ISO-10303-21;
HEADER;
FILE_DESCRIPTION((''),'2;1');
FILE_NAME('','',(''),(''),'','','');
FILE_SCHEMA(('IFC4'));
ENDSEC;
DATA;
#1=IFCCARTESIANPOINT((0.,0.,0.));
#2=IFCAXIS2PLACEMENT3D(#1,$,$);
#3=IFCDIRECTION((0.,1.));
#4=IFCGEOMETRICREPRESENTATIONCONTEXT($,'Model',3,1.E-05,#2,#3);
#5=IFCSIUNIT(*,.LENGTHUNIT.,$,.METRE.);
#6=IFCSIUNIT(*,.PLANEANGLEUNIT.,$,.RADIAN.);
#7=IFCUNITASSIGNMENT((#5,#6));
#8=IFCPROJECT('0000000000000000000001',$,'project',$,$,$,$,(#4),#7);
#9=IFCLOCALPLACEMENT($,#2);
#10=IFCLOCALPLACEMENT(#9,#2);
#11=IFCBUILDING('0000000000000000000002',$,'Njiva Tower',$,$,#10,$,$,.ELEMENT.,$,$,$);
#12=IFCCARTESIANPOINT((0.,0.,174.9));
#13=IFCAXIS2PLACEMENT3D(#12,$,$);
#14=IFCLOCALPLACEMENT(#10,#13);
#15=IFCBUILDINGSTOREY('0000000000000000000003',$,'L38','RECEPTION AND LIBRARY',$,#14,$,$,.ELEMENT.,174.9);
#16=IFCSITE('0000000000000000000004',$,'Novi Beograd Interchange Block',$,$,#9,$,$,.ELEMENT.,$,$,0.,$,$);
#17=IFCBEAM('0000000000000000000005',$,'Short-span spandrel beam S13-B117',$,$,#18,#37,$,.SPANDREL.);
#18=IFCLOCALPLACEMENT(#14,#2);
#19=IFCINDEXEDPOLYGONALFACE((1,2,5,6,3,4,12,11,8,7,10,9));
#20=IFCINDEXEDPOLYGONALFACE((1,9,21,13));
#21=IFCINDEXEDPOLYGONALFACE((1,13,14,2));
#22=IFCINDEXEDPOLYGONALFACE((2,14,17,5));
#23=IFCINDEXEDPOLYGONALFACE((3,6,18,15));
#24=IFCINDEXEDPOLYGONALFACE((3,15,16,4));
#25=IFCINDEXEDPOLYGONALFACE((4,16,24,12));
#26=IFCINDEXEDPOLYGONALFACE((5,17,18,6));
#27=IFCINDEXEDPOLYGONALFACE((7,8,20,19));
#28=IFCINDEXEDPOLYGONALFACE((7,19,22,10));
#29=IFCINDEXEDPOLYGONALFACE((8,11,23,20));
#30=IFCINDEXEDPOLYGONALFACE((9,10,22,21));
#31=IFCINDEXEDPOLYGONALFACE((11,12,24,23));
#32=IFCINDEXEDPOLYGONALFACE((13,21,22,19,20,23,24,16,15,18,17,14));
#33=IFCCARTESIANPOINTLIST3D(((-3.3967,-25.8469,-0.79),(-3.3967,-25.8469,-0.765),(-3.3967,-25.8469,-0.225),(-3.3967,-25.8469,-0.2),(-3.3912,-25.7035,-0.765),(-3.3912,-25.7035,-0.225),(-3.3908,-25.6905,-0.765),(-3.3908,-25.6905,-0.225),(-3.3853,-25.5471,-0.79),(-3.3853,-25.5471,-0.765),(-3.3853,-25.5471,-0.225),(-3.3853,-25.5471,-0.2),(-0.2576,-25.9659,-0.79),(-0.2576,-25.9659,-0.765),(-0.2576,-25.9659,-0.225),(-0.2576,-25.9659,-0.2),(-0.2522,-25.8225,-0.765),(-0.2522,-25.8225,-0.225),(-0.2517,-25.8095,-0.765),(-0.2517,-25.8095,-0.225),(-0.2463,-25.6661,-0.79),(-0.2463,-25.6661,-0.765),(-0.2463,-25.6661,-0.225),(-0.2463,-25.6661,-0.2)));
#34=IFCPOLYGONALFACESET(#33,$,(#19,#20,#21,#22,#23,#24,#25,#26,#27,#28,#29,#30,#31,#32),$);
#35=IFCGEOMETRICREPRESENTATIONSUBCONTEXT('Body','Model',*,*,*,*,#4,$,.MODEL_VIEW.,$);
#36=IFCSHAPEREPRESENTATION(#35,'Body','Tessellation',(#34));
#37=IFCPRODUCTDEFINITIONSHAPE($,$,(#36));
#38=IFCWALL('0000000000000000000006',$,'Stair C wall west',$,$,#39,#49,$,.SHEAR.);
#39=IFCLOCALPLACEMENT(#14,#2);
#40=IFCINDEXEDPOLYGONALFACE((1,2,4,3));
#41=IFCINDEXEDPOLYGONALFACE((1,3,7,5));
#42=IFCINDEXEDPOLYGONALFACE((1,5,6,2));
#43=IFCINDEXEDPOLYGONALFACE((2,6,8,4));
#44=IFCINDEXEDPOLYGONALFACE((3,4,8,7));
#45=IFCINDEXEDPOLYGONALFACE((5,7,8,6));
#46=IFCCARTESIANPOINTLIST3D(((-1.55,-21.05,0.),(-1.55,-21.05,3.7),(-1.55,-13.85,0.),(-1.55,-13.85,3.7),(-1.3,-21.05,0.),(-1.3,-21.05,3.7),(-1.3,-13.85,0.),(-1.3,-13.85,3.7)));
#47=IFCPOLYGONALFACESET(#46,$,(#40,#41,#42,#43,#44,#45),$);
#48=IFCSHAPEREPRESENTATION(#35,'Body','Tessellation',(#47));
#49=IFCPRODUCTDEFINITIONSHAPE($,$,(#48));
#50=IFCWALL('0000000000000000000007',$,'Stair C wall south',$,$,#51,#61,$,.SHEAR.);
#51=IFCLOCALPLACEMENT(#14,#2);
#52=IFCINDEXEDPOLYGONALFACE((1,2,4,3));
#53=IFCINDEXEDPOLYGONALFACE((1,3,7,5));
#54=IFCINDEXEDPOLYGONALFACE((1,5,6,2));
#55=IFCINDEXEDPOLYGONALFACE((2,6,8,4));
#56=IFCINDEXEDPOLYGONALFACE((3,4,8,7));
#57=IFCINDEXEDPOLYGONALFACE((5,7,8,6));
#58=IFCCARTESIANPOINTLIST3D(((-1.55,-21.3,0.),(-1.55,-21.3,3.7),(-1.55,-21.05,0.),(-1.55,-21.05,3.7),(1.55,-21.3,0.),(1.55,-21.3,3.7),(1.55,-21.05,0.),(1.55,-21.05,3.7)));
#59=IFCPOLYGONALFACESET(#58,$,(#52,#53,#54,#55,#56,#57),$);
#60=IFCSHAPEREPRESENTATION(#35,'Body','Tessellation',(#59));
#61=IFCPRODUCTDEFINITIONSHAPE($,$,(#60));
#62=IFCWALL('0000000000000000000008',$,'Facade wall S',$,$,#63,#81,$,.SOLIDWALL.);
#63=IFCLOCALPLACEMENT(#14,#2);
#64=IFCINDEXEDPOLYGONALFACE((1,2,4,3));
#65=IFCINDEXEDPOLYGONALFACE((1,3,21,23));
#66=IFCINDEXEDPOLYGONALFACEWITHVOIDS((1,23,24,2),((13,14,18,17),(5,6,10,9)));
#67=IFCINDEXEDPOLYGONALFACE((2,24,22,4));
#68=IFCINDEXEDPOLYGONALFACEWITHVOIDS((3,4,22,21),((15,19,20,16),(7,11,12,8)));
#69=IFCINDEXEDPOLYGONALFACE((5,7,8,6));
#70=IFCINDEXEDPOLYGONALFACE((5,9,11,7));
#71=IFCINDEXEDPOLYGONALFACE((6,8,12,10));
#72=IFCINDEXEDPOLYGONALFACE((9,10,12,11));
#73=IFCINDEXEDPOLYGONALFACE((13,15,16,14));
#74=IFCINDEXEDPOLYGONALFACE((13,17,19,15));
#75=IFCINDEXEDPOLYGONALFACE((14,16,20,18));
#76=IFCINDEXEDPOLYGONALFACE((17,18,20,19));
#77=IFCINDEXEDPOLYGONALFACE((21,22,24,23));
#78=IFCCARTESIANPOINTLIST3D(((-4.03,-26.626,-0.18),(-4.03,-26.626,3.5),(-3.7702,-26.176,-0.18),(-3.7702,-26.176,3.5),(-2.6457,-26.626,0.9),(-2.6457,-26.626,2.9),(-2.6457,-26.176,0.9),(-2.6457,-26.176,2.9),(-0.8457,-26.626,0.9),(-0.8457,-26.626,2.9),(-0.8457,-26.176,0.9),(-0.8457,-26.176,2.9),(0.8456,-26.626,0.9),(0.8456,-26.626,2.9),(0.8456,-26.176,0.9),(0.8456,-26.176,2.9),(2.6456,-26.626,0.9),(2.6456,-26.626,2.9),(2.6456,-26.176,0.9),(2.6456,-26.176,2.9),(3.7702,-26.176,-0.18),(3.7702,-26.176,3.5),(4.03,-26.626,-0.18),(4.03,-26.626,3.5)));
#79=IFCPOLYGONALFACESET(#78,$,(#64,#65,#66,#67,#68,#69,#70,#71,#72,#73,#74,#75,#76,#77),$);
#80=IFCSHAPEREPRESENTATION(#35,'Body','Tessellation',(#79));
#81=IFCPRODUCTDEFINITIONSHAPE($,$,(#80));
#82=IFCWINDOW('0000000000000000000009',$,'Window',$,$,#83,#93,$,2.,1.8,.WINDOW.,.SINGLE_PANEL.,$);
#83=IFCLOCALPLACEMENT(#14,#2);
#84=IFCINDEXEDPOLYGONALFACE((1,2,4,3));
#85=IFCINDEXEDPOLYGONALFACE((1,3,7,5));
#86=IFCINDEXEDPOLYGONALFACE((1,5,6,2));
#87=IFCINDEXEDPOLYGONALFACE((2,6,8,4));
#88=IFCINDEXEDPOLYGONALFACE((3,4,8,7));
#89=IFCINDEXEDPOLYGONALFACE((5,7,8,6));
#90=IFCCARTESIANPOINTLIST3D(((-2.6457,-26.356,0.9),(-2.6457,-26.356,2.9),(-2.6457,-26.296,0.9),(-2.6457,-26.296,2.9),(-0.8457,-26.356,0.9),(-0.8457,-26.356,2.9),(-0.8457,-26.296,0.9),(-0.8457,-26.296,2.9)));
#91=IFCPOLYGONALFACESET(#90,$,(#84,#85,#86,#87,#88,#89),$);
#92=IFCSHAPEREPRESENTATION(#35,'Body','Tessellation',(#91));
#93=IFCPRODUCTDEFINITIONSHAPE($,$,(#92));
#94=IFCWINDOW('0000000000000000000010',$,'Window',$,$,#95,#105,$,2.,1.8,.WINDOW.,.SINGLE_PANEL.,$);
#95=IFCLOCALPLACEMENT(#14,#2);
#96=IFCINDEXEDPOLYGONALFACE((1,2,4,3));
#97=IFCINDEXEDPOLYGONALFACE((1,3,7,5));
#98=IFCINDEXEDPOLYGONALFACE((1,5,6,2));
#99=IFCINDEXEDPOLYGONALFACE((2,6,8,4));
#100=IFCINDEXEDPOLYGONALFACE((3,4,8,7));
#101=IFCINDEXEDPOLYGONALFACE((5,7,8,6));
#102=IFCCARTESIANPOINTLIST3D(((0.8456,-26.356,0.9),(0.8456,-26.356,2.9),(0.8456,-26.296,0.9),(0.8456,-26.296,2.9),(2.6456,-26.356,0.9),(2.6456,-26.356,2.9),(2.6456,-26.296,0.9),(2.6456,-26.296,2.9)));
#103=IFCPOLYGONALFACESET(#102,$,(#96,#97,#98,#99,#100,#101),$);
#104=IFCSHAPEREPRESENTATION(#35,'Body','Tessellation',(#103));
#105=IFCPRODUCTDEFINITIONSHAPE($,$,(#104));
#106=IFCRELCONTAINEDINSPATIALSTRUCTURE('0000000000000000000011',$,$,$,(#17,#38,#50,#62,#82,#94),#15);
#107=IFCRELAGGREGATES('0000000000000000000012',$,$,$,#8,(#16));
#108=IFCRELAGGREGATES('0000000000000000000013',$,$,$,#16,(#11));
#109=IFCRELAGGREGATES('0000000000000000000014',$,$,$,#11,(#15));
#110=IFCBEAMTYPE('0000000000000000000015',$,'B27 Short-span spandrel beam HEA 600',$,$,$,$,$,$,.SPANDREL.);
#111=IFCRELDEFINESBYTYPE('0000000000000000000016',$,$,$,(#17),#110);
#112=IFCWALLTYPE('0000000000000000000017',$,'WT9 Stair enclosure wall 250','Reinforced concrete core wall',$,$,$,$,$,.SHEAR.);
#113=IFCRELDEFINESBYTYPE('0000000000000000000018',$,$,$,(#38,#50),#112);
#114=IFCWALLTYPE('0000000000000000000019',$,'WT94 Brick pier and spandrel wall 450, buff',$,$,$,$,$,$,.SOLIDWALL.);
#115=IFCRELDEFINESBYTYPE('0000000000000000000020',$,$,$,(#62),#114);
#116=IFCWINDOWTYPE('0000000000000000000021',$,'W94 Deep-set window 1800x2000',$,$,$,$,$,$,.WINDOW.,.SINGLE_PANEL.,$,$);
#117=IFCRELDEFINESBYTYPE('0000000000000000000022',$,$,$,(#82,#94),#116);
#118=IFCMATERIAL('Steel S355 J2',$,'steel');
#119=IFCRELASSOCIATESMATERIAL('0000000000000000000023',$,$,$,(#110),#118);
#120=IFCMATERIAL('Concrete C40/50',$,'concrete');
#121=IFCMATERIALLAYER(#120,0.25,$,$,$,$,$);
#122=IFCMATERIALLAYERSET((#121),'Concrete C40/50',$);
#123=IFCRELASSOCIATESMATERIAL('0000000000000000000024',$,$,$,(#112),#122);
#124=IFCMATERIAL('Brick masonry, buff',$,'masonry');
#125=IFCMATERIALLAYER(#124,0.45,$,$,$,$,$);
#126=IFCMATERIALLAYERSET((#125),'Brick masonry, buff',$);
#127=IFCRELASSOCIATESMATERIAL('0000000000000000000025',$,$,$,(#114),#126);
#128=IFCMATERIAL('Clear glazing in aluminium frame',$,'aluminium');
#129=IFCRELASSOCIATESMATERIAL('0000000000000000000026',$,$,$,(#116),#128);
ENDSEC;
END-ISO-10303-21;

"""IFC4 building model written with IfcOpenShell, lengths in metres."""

from ifc_helpers import new_model, si_unit, direction, frame, frame_2d, origin, origin_2d, place, context, subcontext, project, spatial, polyline, rectangle, i_section, outline, extrude, material, layer, layer_set, material_profile, profile_set, type_object, element, fill, save


model = new_model("IFC4")

# Units and contexts
model_context = context("Model", 3, precision=1e-05, world=origin(), true_north=direction((0.0, 1.0)))
body_context = subcontext(model_context, "Body", "Model", "MODEL_VIEW")
ifc_project = project(units=[si_unit("LENGTHUNIT", "METRE"), si_unit("PLANEANGLEUNIT", "RADIAN")], contexts=[model_context])

# Site, building, storey
site_placement = place(None, origin())
site = spatial("IfcSite", under=ifc_project, at=site_placement, Name="Novi Beograd Interchange Block", CompositionType="ELEMENT", RefElevation=0.0)
building_placement = place(site_placement, origin())
building = spatial("IfcBuilding", under=site, at=building_placement, Name="Njiva Tower", CompositionType="ELEMENT")
storey_placement = place(building_placement, frame((0.0, 0.0, 174.9)))
storey = spatial("IfcBuildingStorey", under=building, at=storey_placement, Name="L38", Description="RECEPTION AND LIBRARY", CompositionType="ELEMENT", Elevation=174.9)

# Shared definitions
ifc_material_1 = material(Name="Steel S355 J2", Category="steel")

# Beam
ifc_material_profile_1 = material_profile(ifc_material_1, i_section(OverallWidth=0.3, OverallDepth=0.59, WebThickness=0.013, FlangeThickness=0.025, at=origin_2d()), Name="HEA 600")
ifc_profile_set_1 = profile_set([ifc_material_profile_1], Name="Steel S355 J2")
beam_type_1 = type_object("IfcBeamType", Name="B27 Short-span spandrel beam HEA 600", PredefinedType="SPANDREL", material=ifc_profile_set_1)
beam_1_placement = place(storey_placement, frame((-3.391, -25.697, -0.495), z_axis=(0.999282, -0.037883, 0.0), x_axis=(0.037883, 0.999282, 0.0)))
element("IfcBeam", 1, at=beam_1_placement, inside=storey, type_object=beam_type_1, Name="Short-span spandrel beam S13-B117", PredefinedType="SPANDREL", context=body_context, shape_type="SweptSolid", body=[
    extrude(i_section(OverallWidth=0.3, OverallDepth=0.59, WebThickness=0.013, FlangeThickness=0.025, at=origin_2d()), origin(), (0.0, 0.0, 1.0), 3.1413),
])

# Walls
ifc_material_2 = material(Name="Concrete C40/50", Category="concrete")
ifc_layer_1 = layer(ifc_material_2, 0.25)
ifc_layer_set_1 = layer_set([ifc_layer_1], Name="Concrete C40/50")
wall_type_1 = type_object("IfcWallType", Name="WT9 Stair enclosure wall 250", Description="Reinforced concrete core wall", PredefinedType="SHEAR", material=ifc_layer_set_1)
wall_1_placement = place(storey_placement, frame((-1.425, -21.05, 0.0), z_axis=(0.0, 0.0, 1.0), x_axis=(0.0, 1.0, 0.0)))
element("IfcWall", 2, at=wall_1_placement, inside=storey, type_object=wall_type_1, Name="Stair C wall west", PredefinedType="SHEAR", context=body_context, shape_type="SweptSolid", body=[
    extrude(rectangle(XDim=7.2, YDim=0.25, at=frame_2d((3.6, 0.0))), origin(), (0.0, 0.0, 1.0), 3.7),
])
wall_2_placement = place(storey_placement, frame((-1.55, -21.175, 0.0), z_axis=(0.0, 0.0, 1.0), x_axis=(1.0, 0.0, 0.0)))
element("IfcWall", 3, at=wall_2_placement, inside=storey, type_object=wall_type_1, Name="Stair C wall south", PredefinedType="SHEAR", context=body_context, shape_type="SweptSolid", body=[
    extrude(rectangle(XDim=3.1, YDim=0.25, at=frame_2d((1.55, 0.0))), origin(), (0.0, 0.0, 1.0), 3.7),
])

# Wall, openings, windows
ifc_material_3 = material(Name="Brick masonry, buff", Category="masonry")
ifc_layer_2 = layer(ifc_material_3, 0.45)
ifc_layer_set_2 = layer_set([ifc_layer_2], Name="Brick masonry, buff")
wall_type_2 = type_object("IfcWallType", Name="WT94 Brick pier and spandrel wall 450, buff", PredefinedType="SOLIDWALL", material=ifc_layer_set_2)
wall_3_placement = place(storey_placement, frame((-3.9001, -26.401, -0.18), z_axis=(0.0, 0.0, 1.0), x_axis=(1.0, 0.0, 0.0)))
wall_3 = element("IfcWall", 4, at=wall_3_placement, inside=storey, type_object=wall_type_2, Name="Facade wall S", PredefinedType="SOLIDWALL", context=body_context, shape_type="SweptSolid", body=[
    extrude(outline(polyline([(-0.1299, -0.225), (7.9301, -0.225), (7.6703, 0.225), (0.1299, 0.225), (-0.1299, -0.225)])), origin(), (0.0, 0.0, 1.0), 3.68),
])
opening_1_placement = place(wall_3_placement, frame((1.2544, 0.0, 1.08)))
opening_1 = element("IfcOpeningElement", 5, at=opening_1_placement, cuts=wall_3, PredefinedType="OPENING", context=body_context, shape_type="SweptSolid", body=[
    extrude(rectangle(XDim=1.8, YDim=2.0, at=frame_2d((0.9, 1.0))), frame((0.0, 0.235, 0.0), z_axis=(0.0, -1.0, 0.0), x_axis=(1.0, 0.0, 0.0)), (0.0, 0.0, 1.0), 0.47),
])
opening_2_placement = place(wall_3_placement, frame((4.7457, 0.0, 1.08)))
opening_2 = element("IfcOpeningElement", 6, at=opening_2_placement, cuts=wall_3, PredefinedType="OPENING", context=body_context, shape_type="SweptSolid", body=[
    extrude(rectangle(XDim=1.8, YDim=2.0, at=frame_2d((0.9, 1.0))), frame((0.0, 0.235, 0.0), z_axis=(0.0, -1.0, 0.0), x_axis=(1.0, 0.0, 0.0)), (0.0, 0.0, 1.0), 0.47),
])
ifc_material_4 = material(Name="Clear glazing in aluminium frame", Category="aluminium")
window_type = type_object("IfcWindowType", Name="W94 Deep-set window 1800x2000", PartitioningType="SINGLE_PANEL", PredefinedType="WINDOW", material=ifc_material_4)
window_1_placement = place(opening_1_placement, origin())
window_1 = element("IfcWindow", 7, at=window_1_placement, inside=storey, type_object=window_type, Name="Window", OverallHeight=2.0, OverallWidth=1.8, PartitioningType="SINGLE_PANEL", PredefinedType="WINDOW", context=body_context, shape_type="SweptSolid", body=[
    extrude(rectangle(XDim=1.8, YDim=2.0, at=frame_2d((0.9, 1.0))), frame((0.0, 0.105, 0.0), z_axis=(0.0, -1.0, 0.0), x_axis=(1.0, 0.0, 0.0)), (0.0, 0.0, 1.0), 0.06),
])
fill(opening_1, window_1)
window_2_placement = place(opening_2_placement, origin())
window_2 = element("IfcWindow", 8, at=window_2_placement, inside=storey, type_object=window_type, Name="Window", OverallHeight=2.0, OverallWidth=1.8, PartitioningType="SINGLE_PANEL", PredefinedType="WINDOW", context=body_context, shape_type="SweptSolid", body=[
    extrude(rectangle(XDim=1.8, YDim=2.0, at=frame_2d((0.9, 1.0))), frame((0.0, 0.105, 0.0), z_axis=(0.0, -1.0, 0.0), x_axis=(1.0, 0.0, 0.0)), (0.0, 0.0, 1.0), 0.06),
])
fill(opening_2, window_2)

save(model, "model.ifc")
